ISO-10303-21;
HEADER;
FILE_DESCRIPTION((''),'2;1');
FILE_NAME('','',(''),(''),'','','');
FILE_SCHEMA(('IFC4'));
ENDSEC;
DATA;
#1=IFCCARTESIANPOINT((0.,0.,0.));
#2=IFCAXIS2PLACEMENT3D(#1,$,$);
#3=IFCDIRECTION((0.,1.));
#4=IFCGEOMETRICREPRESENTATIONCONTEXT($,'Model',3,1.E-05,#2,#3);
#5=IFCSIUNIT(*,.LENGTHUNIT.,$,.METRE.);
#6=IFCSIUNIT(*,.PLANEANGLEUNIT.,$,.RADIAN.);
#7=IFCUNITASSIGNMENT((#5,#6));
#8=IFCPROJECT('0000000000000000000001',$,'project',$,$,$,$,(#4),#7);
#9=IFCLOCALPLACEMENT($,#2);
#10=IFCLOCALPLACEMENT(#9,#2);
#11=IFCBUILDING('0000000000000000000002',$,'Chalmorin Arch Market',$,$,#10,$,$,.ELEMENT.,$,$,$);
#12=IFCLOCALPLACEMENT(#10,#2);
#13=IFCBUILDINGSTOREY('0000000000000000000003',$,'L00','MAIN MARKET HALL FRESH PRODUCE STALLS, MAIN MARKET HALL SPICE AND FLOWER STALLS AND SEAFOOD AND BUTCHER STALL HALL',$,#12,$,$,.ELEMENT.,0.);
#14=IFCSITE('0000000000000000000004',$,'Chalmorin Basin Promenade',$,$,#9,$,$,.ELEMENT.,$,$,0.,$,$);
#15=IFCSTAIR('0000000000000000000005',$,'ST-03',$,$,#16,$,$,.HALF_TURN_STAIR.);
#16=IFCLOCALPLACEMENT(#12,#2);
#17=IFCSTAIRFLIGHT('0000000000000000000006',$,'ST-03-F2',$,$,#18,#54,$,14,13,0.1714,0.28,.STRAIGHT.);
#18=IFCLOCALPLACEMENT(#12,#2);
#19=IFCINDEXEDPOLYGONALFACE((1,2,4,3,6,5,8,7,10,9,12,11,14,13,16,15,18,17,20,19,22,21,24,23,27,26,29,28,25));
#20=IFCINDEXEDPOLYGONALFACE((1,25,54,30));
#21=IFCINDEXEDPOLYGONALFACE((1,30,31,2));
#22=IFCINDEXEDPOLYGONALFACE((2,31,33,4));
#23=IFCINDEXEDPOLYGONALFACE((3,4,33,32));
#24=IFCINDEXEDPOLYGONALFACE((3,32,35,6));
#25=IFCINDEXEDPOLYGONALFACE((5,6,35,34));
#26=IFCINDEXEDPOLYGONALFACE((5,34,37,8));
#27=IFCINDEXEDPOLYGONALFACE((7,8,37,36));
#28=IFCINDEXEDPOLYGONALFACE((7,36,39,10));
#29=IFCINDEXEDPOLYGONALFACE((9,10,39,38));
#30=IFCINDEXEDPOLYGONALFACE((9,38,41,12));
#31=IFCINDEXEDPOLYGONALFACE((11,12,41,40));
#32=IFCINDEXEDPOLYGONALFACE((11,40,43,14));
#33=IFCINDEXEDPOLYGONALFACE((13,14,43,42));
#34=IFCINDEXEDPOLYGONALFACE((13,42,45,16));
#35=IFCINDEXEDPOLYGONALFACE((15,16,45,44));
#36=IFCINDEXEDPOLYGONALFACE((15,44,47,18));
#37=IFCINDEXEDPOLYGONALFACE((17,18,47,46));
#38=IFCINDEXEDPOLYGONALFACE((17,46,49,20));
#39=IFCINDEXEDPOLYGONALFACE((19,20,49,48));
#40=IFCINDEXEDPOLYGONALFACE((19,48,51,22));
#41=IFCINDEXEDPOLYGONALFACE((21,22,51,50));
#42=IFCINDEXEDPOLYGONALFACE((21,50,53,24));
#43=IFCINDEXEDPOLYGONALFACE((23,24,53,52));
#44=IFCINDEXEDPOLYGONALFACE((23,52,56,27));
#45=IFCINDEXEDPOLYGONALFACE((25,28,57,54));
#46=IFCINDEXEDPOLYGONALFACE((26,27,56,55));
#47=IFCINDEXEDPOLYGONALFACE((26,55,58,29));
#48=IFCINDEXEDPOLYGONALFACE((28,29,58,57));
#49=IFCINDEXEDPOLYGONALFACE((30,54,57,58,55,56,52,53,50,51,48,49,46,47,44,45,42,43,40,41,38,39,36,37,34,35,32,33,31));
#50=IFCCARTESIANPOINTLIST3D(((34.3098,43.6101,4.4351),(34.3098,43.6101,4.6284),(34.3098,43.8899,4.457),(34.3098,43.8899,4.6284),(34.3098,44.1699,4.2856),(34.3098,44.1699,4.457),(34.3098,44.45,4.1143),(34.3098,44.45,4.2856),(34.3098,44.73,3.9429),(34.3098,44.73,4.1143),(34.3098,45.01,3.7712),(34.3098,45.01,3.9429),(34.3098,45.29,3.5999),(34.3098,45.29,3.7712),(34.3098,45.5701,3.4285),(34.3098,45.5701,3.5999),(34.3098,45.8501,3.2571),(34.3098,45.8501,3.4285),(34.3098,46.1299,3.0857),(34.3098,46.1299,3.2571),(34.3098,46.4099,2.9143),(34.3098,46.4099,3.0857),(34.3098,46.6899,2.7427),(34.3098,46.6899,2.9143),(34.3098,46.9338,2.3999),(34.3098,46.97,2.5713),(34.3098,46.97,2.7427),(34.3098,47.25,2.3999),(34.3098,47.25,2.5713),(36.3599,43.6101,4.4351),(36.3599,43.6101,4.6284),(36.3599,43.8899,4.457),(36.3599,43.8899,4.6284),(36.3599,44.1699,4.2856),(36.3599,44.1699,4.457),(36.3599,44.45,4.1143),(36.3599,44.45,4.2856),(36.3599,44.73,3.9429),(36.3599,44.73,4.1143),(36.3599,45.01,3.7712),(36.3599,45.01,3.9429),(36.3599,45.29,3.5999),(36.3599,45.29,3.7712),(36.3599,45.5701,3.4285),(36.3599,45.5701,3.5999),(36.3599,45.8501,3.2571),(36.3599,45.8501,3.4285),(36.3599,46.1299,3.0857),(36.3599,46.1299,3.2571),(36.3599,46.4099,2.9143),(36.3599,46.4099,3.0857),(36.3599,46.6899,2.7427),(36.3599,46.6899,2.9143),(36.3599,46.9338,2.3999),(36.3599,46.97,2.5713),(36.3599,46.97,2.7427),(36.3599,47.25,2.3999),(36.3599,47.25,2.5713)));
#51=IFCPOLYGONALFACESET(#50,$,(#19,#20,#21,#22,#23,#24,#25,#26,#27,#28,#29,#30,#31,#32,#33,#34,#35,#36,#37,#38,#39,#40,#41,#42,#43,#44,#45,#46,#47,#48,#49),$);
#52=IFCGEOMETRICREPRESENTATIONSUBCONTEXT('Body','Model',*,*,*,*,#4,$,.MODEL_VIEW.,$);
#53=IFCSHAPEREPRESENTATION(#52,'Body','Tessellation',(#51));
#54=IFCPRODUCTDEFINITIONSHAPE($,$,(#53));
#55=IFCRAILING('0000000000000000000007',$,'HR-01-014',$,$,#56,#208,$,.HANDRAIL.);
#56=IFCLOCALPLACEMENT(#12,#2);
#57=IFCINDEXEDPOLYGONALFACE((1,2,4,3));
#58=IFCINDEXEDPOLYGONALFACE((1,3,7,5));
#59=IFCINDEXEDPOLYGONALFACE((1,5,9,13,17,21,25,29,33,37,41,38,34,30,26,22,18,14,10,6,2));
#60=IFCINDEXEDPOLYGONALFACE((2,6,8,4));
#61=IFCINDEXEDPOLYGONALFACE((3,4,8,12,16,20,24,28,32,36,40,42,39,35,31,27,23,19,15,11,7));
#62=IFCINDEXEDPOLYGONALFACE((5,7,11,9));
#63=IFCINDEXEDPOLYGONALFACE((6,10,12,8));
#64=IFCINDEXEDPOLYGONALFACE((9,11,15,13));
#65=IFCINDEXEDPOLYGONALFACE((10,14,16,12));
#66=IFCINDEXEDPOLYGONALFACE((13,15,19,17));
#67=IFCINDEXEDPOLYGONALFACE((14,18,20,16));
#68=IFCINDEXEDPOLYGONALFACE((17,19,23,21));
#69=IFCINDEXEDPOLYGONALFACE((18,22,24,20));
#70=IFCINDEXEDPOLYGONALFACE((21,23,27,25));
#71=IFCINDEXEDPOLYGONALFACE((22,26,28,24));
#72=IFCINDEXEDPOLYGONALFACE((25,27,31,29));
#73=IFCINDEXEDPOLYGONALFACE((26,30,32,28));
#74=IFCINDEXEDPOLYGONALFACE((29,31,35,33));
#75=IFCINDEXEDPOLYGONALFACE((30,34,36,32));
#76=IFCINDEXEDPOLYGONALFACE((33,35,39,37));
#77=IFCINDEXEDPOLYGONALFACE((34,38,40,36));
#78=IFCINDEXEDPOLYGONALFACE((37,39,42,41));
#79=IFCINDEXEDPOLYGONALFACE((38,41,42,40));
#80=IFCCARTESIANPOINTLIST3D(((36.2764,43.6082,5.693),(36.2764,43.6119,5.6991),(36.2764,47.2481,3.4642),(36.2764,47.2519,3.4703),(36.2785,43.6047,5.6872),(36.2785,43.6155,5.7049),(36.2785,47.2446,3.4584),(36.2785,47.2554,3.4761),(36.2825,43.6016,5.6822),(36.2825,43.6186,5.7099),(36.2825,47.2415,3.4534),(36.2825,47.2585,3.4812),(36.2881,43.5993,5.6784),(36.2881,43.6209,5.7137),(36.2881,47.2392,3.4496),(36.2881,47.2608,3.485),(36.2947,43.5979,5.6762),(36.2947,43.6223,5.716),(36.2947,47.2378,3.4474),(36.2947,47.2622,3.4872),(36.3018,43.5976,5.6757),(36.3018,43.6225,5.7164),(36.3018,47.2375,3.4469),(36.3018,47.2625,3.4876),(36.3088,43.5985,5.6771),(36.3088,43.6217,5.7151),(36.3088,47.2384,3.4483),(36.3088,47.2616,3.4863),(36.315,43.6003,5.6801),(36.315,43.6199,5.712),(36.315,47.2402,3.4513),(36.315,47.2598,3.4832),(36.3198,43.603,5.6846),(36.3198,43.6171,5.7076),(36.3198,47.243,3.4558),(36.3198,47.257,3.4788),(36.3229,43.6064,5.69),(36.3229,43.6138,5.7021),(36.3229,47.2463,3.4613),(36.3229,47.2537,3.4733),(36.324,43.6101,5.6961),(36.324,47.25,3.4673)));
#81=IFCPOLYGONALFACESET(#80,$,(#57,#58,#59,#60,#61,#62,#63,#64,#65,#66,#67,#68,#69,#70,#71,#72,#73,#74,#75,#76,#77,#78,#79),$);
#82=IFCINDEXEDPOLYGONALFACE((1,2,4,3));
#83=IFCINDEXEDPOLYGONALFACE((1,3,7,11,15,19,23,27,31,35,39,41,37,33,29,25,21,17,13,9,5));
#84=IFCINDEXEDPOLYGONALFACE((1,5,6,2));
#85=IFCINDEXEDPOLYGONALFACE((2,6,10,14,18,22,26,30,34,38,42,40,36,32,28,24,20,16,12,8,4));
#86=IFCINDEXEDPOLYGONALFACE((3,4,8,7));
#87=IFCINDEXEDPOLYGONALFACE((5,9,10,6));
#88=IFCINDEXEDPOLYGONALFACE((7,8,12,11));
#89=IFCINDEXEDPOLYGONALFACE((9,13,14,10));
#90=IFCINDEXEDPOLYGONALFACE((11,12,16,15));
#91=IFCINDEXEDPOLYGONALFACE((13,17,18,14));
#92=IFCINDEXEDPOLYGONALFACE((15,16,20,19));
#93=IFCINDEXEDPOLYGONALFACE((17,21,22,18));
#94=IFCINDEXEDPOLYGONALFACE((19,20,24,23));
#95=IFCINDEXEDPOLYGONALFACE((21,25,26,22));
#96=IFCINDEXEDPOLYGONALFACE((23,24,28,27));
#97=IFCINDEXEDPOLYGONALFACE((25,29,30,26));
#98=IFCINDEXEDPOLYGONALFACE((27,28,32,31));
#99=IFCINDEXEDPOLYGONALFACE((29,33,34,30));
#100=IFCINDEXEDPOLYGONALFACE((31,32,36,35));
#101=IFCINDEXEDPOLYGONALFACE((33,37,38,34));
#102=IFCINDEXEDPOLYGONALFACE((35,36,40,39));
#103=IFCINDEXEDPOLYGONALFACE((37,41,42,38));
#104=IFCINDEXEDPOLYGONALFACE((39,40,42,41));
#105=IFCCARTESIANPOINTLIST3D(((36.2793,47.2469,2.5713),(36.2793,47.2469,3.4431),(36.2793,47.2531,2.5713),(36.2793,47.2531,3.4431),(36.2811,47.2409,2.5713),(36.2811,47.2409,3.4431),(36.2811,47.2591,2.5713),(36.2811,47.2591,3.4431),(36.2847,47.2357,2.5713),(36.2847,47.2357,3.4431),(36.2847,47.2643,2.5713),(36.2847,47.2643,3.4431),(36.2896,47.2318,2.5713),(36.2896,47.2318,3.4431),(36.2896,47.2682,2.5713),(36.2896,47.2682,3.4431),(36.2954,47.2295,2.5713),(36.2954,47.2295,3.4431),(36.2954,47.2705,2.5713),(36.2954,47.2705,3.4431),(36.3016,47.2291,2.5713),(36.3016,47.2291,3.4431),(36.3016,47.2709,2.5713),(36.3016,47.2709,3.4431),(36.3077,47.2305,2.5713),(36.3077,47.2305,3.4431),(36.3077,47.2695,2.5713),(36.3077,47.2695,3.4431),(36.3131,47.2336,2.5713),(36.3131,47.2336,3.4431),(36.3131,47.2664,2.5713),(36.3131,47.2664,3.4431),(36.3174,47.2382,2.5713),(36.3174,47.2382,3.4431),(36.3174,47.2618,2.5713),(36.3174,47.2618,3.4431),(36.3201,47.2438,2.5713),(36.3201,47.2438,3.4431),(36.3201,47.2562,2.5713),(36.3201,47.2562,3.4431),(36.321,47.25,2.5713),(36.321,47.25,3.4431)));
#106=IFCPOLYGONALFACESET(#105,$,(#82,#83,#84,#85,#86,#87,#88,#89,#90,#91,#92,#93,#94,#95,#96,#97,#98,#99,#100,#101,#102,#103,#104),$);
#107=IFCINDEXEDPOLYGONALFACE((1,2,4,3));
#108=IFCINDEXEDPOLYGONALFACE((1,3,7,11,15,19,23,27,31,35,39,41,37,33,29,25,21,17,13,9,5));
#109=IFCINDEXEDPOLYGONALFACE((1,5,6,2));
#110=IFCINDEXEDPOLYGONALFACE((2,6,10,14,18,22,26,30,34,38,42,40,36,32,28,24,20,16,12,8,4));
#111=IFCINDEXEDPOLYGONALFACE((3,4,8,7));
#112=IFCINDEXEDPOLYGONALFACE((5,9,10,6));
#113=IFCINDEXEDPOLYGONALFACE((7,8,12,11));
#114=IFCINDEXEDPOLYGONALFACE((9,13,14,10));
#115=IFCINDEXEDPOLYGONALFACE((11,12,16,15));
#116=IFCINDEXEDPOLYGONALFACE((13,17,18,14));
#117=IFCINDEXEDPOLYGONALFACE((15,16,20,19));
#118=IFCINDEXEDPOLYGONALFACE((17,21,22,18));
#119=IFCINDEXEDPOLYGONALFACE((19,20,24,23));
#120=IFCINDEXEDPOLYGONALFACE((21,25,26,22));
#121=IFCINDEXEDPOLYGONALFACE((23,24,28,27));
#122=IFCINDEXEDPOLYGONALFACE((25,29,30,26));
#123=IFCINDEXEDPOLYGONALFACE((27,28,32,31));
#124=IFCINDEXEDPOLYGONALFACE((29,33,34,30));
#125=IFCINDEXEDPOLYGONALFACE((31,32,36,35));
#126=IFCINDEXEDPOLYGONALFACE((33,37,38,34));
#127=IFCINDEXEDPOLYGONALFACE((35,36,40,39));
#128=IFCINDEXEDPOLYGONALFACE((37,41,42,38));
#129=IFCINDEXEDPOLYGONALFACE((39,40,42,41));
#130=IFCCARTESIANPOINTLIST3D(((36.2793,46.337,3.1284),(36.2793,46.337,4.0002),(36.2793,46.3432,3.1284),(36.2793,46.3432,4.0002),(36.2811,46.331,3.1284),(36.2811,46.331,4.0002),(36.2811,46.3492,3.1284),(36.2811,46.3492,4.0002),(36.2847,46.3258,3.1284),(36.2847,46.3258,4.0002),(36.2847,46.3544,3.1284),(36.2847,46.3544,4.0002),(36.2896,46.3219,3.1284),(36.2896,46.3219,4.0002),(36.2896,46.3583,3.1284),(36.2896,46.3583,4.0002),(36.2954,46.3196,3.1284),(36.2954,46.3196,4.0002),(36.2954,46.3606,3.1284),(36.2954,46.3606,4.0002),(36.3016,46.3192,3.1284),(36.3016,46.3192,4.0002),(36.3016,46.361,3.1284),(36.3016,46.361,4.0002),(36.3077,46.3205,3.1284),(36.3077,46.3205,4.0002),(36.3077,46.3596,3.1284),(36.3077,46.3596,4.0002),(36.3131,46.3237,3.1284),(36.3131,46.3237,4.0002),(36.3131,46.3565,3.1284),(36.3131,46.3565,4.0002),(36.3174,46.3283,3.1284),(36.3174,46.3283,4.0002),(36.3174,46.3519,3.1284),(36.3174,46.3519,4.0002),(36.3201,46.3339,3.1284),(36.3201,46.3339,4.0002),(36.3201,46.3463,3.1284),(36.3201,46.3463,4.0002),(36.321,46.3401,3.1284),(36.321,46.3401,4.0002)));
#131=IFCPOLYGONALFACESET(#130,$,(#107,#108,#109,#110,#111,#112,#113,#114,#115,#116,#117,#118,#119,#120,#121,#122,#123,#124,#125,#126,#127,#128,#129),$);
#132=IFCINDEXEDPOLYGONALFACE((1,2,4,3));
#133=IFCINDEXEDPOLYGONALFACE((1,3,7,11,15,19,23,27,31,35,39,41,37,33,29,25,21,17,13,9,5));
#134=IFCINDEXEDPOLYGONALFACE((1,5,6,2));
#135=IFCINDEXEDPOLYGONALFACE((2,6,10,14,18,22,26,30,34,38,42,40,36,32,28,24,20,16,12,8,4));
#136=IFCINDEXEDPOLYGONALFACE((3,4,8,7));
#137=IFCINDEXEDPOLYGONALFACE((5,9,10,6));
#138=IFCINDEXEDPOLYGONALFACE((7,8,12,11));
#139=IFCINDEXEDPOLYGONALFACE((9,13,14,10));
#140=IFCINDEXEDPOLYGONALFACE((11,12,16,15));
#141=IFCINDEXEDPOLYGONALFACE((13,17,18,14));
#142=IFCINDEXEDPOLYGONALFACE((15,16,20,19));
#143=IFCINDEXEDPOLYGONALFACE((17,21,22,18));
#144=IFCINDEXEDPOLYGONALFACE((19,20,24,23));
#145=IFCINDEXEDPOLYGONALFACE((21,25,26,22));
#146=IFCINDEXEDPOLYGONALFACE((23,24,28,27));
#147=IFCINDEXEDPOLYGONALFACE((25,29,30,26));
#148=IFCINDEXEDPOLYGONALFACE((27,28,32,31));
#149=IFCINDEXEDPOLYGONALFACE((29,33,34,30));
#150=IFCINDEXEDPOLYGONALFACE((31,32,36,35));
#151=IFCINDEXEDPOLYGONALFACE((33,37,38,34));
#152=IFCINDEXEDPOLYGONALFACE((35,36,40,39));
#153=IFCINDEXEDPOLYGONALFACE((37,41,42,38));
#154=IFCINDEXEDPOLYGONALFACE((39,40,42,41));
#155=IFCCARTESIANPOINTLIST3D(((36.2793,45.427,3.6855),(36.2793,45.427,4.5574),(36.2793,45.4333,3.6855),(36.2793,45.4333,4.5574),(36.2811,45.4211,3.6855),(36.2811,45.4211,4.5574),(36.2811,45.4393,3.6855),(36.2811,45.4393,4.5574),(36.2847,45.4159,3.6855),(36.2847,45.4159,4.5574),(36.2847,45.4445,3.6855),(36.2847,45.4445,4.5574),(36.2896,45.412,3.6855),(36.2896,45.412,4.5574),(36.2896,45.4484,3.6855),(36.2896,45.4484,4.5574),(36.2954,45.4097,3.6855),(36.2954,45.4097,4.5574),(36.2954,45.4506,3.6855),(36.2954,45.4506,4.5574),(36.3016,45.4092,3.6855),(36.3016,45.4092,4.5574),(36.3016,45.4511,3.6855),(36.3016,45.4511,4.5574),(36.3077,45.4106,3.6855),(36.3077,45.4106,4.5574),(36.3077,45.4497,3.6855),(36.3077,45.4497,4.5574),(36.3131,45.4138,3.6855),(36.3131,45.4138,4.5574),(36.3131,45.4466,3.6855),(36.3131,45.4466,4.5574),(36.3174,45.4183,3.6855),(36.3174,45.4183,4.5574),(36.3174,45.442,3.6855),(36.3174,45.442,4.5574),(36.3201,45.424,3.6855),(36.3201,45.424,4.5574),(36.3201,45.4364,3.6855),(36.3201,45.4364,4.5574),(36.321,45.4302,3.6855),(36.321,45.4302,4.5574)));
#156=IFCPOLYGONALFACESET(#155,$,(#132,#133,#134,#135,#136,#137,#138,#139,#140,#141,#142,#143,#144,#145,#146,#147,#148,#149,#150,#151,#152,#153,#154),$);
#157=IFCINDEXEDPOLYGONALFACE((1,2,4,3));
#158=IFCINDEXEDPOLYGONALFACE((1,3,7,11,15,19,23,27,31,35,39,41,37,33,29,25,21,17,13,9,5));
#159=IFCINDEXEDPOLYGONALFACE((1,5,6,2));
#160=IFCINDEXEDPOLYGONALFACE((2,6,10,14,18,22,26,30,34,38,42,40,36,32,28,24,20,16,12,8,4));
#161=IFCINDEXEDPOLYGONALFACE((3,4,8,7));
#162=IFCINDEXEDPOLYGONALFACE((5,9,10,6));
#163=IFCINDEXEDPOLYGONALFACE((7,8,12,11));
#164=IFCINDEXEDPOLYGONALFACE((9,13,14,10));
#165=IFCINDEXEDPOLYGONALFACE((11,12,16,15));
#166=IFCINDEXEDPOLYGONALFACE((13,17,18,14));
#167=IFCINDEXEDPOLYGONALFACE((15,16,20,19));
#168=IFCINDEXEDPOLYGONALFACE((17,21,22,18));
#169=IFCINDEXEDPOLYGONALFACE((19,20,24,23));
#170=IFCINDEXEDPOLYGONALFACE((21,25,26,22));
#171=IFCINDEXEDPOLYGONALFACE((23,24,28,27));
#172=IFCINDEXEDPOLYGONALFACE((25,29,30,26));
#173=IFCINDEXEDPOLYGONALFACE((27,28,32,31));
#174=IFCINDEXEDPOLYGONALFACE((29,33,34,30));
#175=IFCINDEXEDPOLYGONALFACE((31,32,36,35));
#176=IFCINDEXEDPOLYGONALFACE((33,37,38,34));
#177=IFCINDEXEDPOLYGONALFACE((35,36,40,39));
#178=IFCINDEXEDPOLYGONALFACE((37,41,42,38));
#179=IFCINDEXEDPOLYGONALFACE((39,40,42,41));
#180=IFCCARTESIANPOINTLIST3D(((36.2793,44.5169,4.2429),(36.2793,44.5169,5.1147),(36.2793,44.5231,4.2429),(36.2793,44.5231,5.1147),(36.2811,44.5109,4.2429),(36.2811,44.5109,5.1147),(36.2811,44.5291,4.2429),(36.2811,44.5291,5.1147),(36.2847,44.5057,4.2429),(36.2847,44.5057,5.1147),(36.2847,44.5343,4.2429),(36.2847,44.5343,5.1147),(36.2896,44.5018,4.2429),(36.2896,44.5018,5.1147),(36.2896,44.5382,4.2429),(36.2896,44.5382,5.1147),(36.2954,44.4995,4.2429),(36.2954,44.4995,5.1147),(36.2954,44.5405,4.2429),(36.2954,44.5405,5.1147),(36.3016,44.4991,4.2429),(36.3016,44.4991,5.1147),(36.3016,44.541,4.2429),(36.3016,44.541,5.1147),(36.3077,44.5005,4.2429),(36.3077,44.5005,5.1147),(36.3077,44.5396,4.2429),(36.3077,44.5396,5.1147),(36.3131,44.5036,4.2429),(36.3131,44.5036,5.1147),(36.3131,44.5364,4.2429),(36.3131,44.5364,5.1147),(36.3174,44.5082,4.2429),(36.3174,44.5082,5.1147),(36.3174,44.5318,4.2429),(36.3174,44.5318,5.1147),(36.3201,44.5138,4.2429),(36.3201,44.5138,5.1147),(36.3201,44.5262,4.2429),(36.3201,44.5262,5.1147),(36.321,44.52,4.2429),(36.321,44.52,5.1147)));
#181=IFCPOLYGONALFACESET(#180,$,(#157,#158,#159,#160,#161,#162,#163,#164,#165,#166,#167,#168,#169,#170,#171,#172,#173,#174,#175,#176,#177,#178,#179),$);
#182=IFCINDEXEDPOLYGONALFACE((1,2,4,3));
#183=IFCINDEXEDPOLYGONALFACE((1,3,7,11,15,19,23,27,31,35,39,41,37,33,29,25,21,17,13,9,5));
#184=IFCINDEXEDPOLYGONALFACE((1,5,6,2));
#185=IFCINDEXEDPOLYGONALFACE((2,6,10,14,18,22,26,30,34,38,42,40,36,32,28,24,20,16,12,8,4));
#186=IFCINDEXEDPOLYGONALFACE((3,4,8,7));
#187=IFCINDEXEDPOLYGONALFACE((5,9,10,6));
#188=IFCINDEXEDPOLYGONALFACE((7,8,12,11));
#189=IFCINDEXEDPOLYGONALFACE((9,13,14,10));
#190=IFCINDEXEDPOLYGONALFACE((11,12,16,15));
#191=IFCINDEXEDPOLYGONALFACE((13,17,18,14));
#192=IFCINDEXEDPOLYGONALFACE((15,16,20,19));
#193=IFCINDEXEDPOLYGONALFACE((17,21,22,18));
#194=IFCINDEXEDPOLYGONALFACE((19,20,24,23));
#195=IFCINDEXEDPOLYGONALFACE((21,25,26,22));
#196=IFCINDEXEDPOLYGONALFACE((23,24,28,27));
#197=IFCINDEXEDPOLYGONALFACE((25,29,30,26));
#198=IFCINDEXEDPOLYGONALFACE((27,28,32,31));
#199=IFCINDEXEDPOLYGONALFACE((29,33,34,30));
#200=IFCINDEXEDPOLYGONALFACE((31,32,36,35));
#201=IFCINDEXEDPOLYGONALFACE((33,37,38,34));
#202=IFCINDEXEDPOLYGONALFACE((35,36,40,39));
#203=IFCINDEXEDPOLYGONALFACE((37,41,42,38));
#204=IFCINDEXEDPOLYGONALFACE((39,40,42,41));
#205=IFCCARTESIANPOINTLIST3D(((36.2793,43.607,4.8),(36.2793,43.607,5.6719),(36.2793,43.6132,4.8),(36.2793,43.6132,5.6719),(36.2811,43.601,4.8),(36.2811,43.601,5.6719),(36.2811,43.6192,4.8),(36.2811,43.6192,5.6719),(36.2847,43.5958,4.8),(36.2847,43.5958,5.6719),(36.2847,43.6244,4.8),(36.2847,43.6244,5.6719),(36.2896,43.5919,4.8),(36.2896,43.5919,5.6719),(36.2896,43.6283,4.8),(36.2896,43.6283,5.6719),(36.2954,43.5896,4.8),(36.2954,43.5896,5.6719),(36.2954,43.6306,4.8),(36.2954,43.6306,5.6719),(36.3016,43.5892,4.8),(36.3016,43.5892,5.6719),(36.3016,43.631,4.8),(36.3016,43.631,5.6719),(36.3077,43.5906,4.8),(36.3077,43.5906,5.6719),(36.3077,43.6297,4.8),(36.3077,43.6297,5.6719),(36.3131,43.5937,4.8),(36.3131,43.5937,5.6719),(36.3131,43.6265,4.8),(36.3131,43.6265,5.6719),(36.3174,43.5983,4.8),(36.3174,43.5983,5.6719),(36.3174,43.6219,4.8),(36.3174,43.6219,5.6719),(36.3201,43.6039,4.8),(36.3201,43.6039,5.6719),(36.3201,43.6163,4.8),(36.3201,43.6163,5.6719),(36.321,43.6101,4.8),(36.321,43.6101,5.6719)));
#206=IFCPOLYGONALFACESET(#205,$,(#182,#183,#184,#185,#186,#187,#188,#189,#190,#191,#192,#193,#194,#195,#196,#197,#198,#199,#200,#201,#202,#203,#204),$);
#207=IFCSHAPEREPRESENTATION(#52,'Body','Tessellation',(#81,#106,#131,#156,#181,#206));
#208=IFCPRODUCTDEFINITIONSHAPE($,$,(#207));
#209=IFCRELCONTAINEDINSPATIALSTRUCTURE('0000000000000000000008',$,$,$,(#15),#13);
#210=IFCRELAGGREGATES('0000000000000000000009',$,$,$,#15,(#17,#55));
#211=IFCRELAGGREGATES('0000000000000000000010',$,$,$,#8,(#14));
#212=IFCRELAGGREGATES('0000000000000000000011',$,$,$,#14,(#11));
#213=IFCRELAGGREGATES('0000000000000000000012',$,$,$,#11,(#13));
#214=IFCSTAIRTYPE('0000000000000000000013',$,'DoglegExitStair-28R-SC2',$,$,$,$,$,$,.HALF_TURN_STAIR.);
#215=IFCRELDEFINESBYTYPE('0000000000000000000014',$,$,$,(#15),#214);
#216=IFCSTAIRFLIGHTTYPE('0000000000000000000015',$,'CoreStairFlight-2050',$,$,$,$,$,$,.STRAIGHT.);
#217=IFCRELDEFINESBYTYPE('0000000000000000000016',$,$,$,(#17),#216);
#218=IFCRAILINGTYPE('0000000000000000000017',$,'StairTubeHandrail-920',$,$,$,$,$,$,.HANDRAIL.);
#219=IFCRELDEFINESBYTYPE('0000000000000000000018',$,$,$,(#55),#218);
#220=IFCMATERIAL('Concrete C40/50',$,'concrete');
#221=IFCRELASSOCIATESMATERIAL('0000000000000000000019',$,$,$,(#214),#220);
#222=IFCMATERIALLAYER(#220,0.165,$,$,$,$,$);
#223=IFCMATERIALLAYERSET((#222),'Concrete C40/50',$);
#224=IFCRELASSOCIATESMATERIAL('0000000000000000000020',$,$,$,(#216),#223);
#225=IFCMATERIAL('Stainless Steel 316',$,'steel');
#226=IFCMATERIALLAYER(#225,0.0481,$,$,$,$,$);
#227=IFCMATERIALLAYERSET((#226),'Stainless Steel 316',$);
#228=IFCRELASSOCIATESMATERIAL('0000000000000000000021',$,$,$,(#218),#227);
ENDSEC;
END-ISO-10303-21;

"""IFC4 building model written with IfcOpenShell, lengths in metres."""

from ifc_helpers import new_model, si_unit, direction, frame, origin, origin_2d, place, context, subcontext, project, spatial, polyline, circle, outline, extrude, material, layer, layer_set, type_object, element, aggregate, save


model = new_model("IFC4")

# Units and contexts
model_context = context("Model", 3, precision=1e-05, world=origin(), true_north=direction((0.0, 1.0)))
body_context = subcontext(model_context, "Body", "Model", "MODEL_VIEW")
ifc_project = project(units=[si_unit("LENGTHUNIT", "METRE"), si_unit("PLANEANGLEUNIT", "RADIAN")], contexts=[model_context])

# Site, building, storey
site_placement = place(None, origin())
site = spatial("IfcSite", under=ifc_project, at=site_placement, Name="Chalmorin Basin Promenade", CompositionType="ELEMENT", RefElevation=0.0)
building_placement = place(site_placement, origin())
building = spatial("IfcBuilding", under=site, at=building_placement, Name="Chalmorin Arch Market", CompositionType="ELEMENT")
storey_placement = place(building_placement, origin())
storey = spatial("IfcBuildingStorey", under=building, at=storey_placement, Name="L00", Description="MAIN MARKET HALL FRESH PRODUCE STALLS, MAIN MARKET HALL SPICE AND FLOWER STALLS AND SEAFOOD AND BUTCHER STALL HALL", CompositionType="ELEMENT", Elevation=0.0)

# Shared definitions
ifc_material_1 = material(Name="Concrete C40/50", Category="concrete")

# Stair, stair flight, railing
stair_type = type_object("IfcStairType", Name="DoglegExitStair-28R-SC2", PredefinedType="HALF_TURN_STAIR", material=ifc_material_1)
stair_placement = place(storey_placement, origin())
stair = element("IfcStair", 1, at=stair_placement, inside=storey, type_object=stair_type, Name="ST-03", PredefinedType="HALF_TURN_STAIR")
ifc_layer_1 = layer(ifc_material_1, 0.165)
ifc_layer_set_1 = layer_set([ifc_layer_1], Name="Concrete C40/50")
stair_flight_type = type_object("IfcStairFlightType", Name="CoreStairFlight-2050", PredefinedType="STRAIGHT", material=ifc_layer_set_1)
stair_flight_1_placement = place(storey_placement, frame((35.335, 47.25, 2.3999), z_axis=(0.0, 0.0, 1.0), x_axis=(0.0, -1.0, 0.0)))
stair_flight_1 = element("IfcStairFlight", 2, at=stair_flight_1_placement, type_object=stair_flight_type, Name="ST-03-F2", NumberOfRisers=14, NumberOfTreads=13, PredefinedType="STRAIGHT", RiserHeight=0.1714, TreadLength=0.28, context=body_context, shape_type="SweptSolid", body=[
    extrude(outline(polyline([(0.0, 0.0), (0.0, 0.1714), (0.28, 0.1714), (0.28, 0.3428), (0.5601, 0.3428), (0.5601, 0.5144), (0.8401, 0.5144), (0.8401, 0.6858), (1.1201, 0.6858), (1.1201, 0.8572), (1.3999, 0.8572), (1.3999, 1.0286), (1.6799, 1.0286), (1.6799, 1.2), (1.96, 1.2), (1.96, 1.3713), (2.24, 1.3713), (2.24, 1.543), (2.52, 1.543), (2.52, 1.7144), (2.8, 1.7144), (2.8, 1.8857), (3.0801, 1.8857), (3.0801, 2.0571), (3.3601, 2.0571), (3.3601, 2.2285), (3.6399, 2.2285), (3.6399, 2.3999), (3.6399, 2.0352), (0.3162, 0.0), (0.0, 0.0)])), frame((0.0, 1.0249, 0.0), z_axis=(0.0, -1.0, 0.0), x_axis=(1.0, 0.0, 0.0)), (0.0, 0.0, 1.0), 2.05),
])
ifc_material_2 = material(Name="Stainless Steel 316", Category="steel")
ifc_layer_2 = layer(ifc_material_2, 0.0481)
ifc_layer_set_2 = layer_set([ifc_layer_2], Name="Stainless Steel 316")
railing_type_1 = type_object("IfcRailingType", Name="StairTubeHandrail-920", PredefinedType="HANDRAIL", material=ifc_layer_set_2)
railing_1_placement = place(storey_placement, frame((36.3, 47.25, 2.5713)))
railing_1 = element("IfcRailing", 3, at=railing_1_placement, type_object=railing_type_1, Name="HR-01-014", PredefinedType="HANDRAIL", context=body_context, shape_type="SweptSolid", body=[
    extrude(circle(Radius=0.0239, at=origin_2d()), frame((0.0, 0.0, 0.896), z_axis=(0.0, -0.852825, 0.522197), x_axis=(1.0, 0.0, 0.0)), (0.0, 0.0, 1.0), 4.2681),
    extrude(circle(Radius=0.021, at=origin_2d()), origin(), (0.0, 0.0, 1.0), 0.8718),
    extrude(circle(Radius=0.021, at=origin_2d()), frame((0.0, -0.9099, 0.5571)), (0.0, 0.0, 1.0), 0.8718),
    extrude(circle(Radius=0.021, at=origin_2d()), frame((0.0, -1.8198, 1.1143)), (0.0, 0.0, 1.0), 0.8718),
    extrude(circle(Radius=0.021, at=origin_2d()), frame((0.0, -2.73, 1.6716)), (0.0, 0.0, 1.0), 0.8718),
    extrude(circle(Radius=0.021, at=origin_2d()), frame((0.0, -3.6399, 2.2288)), (0.0, 0.0, 1.0), 0.8718),
])
aggregate(stair, [stair_flight_1, railing_1])

save(model, "model.ifc")
